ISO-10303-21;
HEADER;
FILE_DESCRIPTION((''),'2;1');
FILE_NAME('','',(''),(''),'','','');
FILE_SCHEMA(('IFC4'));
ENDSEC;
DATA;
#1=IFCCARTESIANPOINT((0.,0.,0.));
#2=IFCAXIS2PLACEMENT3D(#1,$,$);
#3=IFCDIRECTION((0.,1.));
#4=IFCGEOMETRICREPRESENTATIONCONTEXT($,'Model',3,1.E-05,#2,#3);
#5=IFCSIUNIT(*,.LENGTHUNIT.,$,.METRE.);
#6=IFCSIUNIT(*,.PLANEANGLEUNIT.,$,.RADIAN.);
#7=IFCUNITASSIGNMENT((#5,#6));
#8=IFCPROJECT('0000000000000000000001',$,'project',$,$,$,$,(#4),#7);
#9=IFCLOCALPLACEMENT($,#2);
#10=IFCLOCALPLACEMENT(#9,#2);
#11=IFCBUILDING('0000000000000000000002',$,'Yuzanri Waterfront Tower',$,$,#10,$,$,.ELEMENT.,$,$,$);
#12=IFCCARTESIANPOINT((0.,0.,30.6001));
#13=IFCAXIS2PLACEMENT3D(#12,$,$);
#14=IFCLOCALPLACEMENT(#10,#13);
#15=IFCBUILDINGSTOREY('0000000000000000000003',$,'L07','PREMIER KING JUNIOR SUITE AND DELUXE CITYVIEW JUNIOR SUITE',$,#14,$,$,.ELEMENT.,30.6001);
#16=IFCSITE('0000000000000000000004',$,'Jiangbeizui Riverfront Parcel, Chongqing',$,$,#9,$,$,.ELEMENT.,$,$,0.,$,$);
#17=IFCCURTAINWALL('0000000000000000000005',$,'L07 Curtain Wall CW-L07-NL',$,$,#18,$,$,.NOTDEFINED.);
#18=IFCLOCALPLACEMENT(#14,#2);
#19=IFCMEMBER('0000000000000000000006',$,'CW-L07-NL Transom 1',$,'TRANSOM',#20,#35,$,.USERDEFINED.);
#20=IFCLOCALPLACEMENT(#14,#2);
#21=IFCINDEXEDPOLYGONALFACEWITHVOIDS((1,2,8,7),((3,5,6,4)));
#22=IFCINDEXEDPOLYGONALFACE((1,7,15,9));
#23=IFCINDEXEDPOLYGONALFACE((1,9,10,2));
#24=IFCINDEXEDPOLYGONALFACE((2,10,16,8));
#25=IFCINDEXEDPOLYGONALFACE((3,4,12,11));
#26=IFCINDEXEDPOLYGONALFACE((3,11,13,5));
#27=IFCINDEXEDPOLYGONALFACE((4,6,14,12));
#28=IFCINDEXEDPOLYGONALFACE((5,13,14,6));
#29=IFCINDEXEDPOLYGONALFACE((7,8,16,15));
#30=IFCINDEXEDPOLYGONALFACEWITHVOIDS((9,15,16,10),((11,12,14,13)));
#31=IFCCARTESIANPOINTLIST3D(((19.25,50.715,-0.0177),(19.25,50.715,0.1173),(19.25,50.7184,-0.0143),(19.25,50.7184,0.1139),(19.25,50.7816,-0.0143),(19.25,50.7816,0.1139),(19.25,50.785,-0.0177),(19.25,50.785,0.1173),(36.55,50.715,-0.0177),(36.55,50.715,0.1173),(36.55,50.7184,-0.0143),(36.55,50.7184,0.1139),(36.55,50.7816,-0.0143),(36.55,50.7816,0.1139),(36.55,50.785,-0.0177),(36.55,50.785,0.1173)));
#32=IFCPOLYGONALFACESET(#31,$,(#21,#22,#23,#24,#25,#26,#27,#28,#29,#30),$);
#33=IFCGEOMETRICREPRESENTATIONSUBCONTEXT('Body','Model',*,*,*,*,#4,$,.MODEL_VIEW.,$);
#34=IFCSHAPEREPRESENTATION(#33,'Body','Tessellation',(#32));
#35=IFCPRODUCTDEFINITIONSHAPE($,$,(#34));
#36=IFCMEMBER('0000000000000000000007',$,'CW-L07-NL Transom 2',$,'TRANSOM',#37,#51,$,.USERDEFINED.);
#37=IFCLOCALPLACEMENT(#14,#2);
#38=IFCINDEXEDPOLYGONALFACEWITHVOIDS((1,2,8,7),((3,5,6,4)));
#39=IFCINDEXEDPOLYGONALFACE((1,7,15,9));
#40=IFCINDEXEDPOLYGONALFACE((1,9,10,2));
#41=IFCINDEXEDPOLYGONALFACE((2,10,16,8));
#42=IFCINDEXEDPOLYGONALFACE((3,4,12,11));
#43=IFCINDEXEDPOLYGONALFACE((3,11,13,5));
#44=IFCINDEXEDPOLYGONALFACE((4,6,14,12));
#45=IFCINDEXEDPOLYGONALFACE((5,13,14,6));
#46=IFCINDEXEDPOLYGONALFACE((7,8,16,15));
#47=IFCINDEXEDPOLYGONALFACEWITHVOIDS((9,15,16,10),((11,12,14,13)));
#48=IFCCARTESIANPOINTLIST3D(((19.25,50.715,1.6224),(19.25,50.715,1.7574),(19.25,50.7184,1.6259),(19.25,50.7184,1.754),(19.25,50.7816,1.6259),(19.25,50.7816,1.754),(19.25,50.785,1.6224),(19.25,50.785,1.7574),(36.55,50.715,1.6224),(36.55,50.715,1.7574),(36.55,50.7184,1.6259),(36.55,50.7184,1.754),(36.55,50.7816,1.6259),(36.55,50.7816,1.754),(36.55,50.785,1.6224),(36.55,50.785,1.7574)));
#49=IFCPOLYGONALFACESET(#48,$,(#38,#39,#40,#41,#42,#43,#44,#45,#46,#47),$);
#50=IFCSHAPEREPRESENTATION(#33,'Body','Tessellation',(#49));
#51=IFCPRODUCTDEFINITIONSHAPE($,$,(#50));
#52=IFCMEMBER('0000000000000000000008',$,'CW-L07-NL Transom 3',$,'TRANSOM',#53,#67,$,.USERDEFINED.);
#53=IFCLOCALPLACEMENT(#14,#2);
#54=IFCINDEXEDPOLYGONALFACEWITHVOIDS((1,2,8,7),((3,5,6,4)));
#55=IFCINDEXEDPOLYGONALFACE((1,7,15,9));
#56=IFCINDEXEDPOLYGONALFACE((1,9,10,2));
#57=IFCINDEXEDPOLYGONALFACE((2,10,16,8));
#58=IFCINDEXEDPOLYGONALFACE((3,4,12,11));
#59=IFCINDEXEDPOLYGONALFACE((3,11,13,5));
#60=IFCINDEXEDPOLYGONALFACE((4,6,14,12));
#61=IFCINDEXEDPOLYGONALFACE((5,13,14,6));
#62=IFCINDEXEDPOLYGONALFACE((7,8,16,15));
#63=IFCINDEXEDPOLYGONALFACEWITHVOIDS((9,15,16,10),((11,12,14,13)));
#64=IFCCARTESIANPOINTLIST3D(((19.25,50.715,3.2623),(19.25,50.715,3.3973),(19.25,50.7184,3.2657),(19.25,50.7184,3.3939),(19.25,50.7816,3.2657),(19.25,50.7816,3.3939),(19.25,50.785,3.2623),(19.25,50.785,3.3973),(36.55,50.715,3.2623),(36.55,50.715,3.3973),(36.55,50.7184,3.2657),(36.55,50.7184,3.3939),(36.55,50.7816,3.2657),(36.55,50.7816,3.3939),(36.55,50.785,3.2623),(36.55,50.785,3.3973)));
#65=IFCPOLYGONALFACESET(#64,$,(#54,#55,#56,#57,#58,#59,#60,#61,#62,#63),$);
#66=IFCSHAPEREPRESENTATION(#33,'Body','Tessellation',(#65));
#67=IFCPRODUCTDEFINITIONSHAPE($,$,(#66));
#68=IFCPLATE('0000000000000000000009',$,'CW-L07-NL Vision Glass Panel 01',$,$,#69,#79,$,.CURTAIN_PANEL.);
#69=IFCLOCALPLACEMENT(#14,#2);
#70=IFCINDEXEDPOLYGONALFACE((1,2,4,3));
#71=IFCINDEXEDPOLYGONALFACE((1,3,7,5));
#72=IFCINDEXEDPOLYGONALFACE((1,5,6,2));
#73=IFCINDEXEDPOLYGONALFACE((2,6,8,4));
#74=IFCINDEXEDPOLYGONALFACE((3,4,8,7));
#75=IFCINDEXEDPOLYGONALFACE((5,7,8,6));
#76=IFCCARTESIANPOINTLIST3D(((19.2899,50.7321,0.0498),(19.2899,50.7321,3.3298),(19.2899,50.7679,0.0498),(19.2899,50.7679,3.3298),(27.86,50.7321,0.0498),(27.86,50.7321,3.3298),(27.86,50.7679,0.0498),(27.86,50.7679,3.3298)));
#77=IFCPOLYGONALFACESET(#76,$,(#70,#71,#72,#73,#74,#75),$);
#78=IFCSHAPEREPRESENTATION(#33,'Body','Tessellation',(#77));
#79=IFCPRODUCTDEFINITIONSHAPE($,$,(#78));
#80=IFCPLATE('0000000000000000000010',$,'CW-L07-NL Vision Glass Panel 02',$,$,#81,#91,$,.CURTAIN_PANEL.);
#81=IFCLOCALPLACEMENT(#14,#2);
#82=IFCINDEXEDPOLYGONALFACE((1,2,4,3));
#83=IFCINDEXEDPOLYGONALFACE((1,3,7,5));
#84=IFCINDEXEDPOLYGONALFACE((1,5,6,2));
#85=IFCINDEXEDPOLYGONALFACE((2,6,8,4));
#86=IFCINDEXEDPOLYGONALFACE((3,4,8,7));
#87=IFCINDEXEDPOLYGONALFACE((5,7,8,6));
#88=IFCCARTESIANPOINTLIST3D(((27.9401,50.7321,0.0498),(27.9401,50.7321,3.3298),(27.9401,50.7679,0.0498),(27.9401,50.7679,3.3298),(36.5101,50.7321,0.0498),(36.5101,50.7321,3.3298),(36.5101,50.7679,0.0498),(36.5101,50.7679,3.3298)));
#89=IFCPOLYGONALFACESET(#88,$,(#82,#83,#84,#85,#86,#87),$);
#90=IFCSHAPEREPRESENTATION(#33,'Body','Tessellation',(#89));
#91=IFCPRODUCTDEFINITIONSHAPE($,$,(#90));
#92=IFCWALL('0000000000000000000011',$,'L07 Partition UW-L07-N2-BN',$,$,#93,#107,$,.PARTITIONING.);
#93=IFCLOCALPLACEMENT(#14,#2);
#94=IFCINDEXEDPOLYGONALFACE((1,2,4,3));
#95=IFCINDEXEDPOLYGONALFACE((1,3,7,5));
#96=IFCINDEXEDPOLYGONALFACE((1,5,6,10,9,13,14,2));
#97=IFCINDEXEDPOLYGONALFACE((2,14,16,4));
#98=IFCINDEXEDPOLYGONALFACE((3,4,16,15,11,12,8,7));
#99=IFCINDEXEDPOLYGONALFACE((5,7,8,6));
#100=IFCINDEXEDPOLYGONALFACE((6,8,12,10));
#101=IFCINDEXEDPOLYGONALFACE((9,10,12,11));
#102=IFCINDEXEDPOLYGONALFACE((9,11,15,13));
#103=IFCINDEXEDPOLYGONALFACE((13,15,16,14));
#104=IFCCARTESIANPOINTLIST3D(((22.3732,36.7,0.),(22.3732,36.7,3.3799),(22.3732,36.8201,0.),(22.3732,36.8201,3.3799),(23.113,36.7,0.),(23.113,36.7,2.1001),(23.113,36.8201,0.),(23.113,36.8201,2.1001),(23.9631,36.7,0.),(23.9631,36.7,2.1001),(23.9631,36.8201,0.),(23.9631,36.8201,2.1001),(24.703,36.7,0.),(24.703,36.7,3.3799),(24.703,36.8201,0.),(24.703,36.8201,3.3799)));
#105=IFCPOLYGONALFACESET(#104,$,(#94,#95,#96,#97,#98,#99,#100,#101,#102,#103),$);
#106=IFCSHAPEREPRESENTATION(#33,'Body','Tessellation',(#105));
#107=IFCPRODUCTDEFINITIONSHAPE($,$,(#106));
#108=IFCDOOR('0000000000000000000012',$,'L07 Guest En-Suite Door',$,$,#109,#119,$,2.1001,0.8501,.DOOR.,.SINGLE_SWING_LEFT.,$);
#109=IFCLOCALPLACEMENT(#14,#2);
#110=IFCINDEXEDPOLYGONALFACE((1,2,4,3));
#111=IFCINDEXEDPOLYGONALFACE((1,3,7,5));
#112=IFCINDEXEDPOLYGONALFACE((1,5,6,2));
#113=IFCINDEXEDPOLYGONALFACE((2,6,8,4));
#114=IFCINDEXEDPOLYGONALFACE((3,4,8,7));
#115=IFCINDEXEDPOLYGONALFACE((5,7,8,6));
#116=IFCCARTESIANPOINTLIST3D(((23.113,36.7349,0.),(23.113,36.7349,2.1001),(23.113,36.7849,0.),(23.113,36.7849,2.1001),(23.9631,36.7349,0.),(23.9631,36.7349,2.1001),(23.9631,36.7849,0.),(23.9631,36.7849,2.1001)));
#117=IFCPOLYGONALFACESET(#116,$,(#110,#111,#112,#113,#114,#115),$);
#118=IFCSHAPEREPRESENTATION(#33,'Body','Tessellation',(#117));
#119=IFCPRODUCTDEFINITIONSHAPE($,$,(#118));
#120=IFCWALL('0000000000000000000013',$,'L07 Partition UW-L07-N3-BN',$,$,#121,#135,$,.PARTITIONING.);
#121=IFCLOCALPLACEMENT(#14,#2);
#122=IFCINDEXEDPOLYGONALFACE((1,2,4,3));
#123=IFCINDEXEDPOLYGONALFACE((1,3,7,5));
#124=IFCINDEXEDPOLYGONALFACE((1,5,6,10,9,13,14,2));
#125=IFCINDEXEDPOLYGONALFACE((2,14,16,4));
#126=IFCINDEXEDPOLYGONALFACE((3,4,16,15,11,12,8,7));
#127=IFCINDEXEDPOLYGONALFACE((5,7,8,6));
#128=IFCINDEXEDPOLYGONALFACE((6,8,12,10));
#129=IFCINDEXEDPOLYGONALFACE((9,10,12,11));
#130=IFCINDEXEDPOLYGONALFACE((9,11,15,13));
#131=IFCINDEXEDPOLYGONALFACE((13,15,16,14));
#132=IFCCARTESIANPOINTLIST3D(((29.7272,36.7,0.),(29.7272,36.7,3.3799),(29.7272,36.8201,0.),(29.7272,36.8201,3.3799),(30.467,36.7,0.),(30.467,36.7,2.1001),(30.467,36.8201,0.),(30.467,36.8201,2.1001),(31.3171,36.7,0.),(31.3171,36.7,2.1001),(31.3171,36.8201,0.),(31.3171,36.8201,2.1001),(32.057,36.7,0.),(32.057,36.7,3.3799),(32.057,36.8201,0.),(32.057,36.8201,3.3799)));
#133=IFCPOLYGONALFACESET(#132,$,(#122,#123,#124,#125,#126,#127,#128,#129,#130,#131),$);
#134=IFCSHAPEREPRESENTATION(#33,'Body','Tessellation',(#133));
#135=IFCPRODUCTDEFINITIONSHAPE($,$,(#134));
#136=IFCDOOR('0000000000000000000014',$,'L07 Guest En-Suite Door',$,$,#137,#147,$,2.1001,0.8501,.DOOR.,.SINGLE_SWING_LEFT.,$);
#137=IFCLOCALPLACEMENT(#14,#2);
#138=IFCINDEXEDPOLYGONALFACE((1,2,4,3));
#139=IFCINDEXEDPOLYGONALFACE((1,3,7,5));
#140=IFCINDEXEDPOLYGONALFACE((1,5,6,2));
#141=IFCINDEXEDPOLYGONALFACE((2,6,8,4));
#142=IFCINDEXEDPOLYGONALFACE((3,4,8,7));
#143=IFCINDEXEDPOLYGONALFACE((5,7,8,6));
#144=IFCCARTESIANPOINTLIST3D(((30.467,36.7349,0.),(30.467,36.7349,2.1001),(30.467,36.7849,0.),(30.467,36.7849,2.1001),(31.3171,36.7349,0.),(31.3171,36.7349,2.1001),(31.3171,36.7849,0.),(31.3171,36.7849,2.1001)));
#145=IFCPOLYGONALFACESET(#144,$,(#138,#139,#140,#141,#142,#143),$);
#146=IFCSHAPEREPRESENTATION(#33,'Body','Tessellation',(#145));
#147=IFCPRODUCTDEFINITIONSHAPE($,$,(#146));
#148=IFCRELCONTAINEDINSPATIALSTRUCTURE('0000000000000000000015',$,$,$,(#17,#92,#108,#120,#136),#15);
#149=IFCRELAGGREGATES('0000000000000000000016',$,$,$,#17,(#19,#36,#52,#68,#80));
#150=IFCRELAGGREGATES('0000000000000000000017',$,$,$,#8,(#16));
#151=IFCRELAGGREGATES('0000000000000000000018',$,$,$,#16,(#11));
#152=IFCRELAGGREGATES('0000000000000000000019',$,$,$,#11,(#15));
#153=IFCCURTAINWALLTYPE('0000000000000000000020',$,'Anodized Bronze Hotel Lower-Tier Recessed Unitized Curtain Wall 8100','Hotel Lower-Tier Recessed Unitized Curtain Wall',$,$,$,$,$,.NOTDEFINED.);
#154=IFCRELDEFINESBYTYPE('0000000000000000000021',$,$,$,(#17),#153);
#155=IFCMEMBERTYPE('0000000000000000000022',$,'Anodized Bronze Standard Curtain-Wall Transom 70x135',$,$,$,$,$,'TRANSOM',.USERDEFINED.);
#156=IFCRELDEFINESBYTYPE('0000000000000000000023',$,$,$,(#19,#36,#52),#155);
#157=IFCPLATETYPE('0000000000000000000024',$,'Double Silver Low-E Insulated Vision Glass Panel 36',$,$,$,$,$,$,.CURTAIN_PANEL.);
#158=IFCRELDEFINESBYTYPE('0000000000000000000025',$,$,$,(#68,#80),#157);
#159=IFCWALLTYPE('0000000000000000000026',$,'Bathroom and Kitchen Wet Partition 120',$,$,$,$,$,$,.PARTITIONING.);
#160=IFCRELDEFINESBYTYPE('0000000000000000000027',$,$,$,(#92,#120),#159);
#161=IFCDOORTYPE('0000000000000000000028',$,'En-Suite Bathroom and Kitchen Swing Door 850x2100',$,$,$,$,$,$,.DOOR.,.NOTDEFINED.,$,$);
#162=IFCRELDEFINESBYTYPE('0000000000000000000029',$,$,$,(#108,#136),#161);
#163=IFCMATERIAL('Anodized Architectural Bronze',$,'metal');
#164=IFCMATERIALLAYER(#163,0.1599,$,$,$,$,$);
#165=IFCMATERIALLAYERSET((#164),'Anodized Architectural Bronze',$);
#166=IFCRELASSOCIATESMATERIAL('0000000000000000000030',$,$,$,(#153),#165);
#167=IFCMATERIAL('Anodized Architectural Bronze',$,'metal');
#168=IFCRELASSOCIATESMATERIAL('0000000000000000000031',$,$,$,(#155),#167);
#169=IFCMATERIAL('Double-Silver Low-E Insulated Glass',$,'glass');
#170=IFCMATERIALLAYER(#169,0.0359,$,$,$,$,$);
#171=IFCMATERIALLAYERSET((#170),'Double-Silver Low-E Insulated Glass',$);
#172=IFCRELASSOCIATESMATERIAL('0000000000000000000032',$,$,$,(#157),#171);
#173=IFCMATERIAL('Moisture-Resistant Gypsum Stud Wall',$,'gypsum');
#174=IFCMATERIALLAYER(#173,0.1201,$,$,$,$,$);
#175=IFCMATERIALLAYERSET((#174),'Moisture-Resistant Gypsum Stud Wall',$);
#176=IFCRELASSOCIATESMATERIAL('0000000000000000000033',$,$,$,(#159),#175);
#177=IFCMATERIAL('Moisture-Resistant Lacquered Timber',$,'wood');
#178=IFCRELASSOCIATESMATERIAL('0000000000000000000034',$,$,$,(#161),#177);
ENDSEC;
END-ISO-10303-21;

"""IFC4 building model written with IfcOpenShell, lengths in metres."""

from ifc_helpers import new_model, si_unit, direction, frame, frame_2d, origin, origin_2d, place, context, subcontext, project, spatial, rectangle, hollow_rectangle, extrude, source, transform, mapped, material, layer, layer_set, material_profile, profile_set, type_object, element, fill, aggregate, save


model = new_model("IFC4")

# Units and contexts
model_context = context("Model", 3, precision=1e-05, world=origin(), true_north=direction((0.0, 1.0)))
body_context = subcontext(model_context, "Body", "Model", "MODEL_VIEW")
ifc_project = project(units=[si_unit("LENGTHUNIT", "METRE"), si_unit("PLANEANGLEUNIT", "RADIAN")], contexts=[model_context])

# Site, building, storey
site_placement = place(None, origin())
site = spatial("IfcSite", under=ifc_project, at=site_placement, Name="Jiangbeizui Riverfront Parcel, Chongqing", CompositionType="ELEMENT", RefElevation=0.0)
building_placement = place(site_placement, origin())
building = spatial("IfcBuilding", under=site, at=building_placement, Name="Yuzanri Waterfront Tower", CompositionType="ELEMENT")
storey_placement = place(building_placement, frame((0.0, 0.0, 30.6001)))
storey = spatial("IfcBuildingStorey", under=building, at=storey_placement, Name="L07", Description="PREMIER KING JUNIOR SUITE AND DELUXE CITYVIEW JUNIOR SUITE", CompositionType="ELEMENT", Elevation=30.6001)

# Curtain wall, members, plates
ifc_material_1 = material(Name="Anodized Architectural Bronze", Category="metal")
ifc_layer_1 = layer(ifc_material_1, 0.1599)
ifc_layer_set_1 = layer_set([ifc_layer_1], Name="Anodized Architectural Bronze")
curtain_wall_type = type_object("IfcCurtainWallType", Name="Anodized Bronze Hotel Lower-Tier Recessed Unitized Curtain Wall 8100", Description="Hotel Lower-Tier Recessed Unitized Curtain Wall", PredefinedType="NOTDEFINED", material=ifc_layer_set_1)
curtain_wall_placement = place(storey_placement, origin())
curtain_wall = element("IfcCurtainWall", 1, at=curtain_wall_placement, inside=storey, type_object=curtain_wall_type, Name="L07 Curtain Wall CW-L07-NL", PredefinedType="NOTDEFINED")
ifc_material_2 = material(Name="Anodized Architectural Bronze", Category="metal")
ifc_material_profile_1 = material_profile(ifc_material_2, hollow_rectangle(XDim=0.0701, YDim=0.135, WallThickness=0.0034, at=origin_2d()), Name="CWT 70x135")
ifc_profile_set_1 = profile_set([ifc_material_profile_1], Name="Anodized Architectural Bronze")
member_type_1 = type_object("IfcMemberType", Name="Anodized Bronze Standard Curtain-Wall Transom 70x135", ElementType="TRANSOM", PredefinedType="USERDEFINED", material=ifc_profile_set_1)
shared_shape_1 = source(origin(), body_context, "Body", "SweptSolid", [
    extrude(hollow_rectangle(XDim=0.0701, YDim=0.135, WallThickness=0.0034, at=origin_2d()), origin(), (0.0, 0.0, 1.0), 17.3),
])
member_1_placement = place(storey_placement, frame((19.25, 50.75, 0.0498), z_axis=(1.0, 0.0, 0.0), x_axis=(0.0, 1.0, 0.0)))
member_1 = element("IfcMember", 2, at=member_1_placement, type_object=member_type_1, Name="CW-L07-NL Transom 1", ObjectType="TRANSOM", PredefinedType="USERDEFINED", context=body_context, shape_type="MappedRepresentation", body=[
    mapped(shared_shape_1, transform((0.0, 0.0, 0.0), scale=1.0)),
])
member_2_placement = place(storey_placement, frame((19.25, 50.75, 1.6899), z_axis=(1.0, 0.0, 0.0), x_axis=(0.0, 1.0, 0.0)))
member_2 = element("IfcMember", 3, at=member_2_placement, type_object=member_type_1, Name="CW-L07-NL Transom 2", ObjectType="TRANSOM", PredefinedType="USERDEFINED", context=body_context, shape_type="MappedRepresentation", body=[
    mapped(shared_shape_1, transform((0.0, 0.0, 0.0), scale=1.0)),
])
member_3_placement = place(storey_placement, frame((19.25, 50.75, 3.3298), z_axis=(1.0, 0.0, 0.0), x_axis=(0.0, 1.0, 0.0)))
member_3 = element("IfcMember", 4, at=member_3_placement, type_object=member_type_1, Name="CW-L07-NL Transom 3", ObjectType="TRANSOM", PredefinedType="USERDEFINED", context=body_context, shape_type="MappedRepresentation", body=[
    mapped(shared_shape_1, transform((0.0, 0.0, 0.0), scale=1.0)),
])
ifc_material_3 = material(Name="Double-Silver Low-E Insulated Glass", Category="glass")
ifc_layer_2 = layer(ifc_material_3, 0.0359)
ifc_layer_set_2 = layer_set([ifc_layer_2], Name="Double-Silver Low-E Insulated Glass")
plate_type = type_object("IfcPlateType", Name="Double Silver Low-E Insulated Vision Glass Panel 36", PredefinedType="CURTAIN_PANEL", material=ifc_layer_set_2)
shared_shape_2 = source(origin(), body_context, "Body", "SweptSolid", [
    extrude(rectangle(XDim=8.5701, YDim=0.0359, at=origin_2d()), origin(), (0.0, 0.0, 1.0), 3.28),
])
plate_1_placement = place(storey_placement, frame((23.575, 50.75, 0.0498), z_axis=(0.0, 0.0, 1.0), x_axis=(1.0, 0.0, 0.0)))
plate_1 = element("IfcPlate", 5, at=plate_1_placement, type_object=plate_type, Name="CW-L07-NL Vision Glass Panel 01", PredefinedType="CURTAIN_PANEL", context=body_context, shape_type="MappedRepresentation", body=[
    mapped(shared_shape_2, transform((0.0, 0.0, 0.0), scale=1.0)),
])
plate_2_placement = place(storey_placement, frame((32.2251, 50.75, 0.0498), z_axis=(0.0, 0.0, 1.0), x_axis=(1.0, 0.0, 0.0)))
plate_2 = element("IfcPlate", 6, at=plate_2_placement, type_object=plate_type, Name="CW-L07-NL Vision Glass Panel 02", PredefinedType="CURTAIN_PANEL", context=body_context, shape_type="MappedRepresentation", body=[
    mapped(shared_shape_2, transform((0.0, 0.0, 0.0), scale=1.0)),
])
aggregate(curtain_wall, [member_1, member_2, member_3, plate_1, plate_2])

# Walls, openings, doors
ifc_material_4 = material(Name="Moisture-Resistant Gypsum Stud Wall", Category="gypsum")
ifc_layer_3 = layer(ifc_material_4, 0.1201)
ifc_layer_set_3 = layer_set([ifc_layer_3], Name="Moisture-Resistant Gypsum Stud Wall")
wall_type_1 = type_object("IfcWallType", Name="Bathroom and Kitchen Wet Partition 120", PredefinedType="PARTITIONING", material=ifc_layer_set_3)
wall_1_placement = place(storey_placement, frame((22.373, 36.76, 0.0), z_axis=(0.0, 0.0, 1.0), x_axis=(1.0, 0.0, 0.0)))
wall_1 = element("IfcWall", 7, at=wall_1_placement, inside=storey, type_object=wall_type_1, Name="L07 Partition UW-L07-N2-BN", PredefinedType="PARTITIONING", context=body_context, shape_type="SweptSolid", body=[
    extrude(rectangle(XDim=2.3298, YDim=0.1201, at=frame_2d((1.165, 0.0))), origin(), (0.0, 0.0, 1.0), 3.3799),
])
opening_1_placement = place(wall_1_placement, frame((0.74, 0.0, 0.0)))
opening_1 = element("IfcOpeningElement", 8, at=opening_1_placement, cuts=wall_1, PredefinedType="OPENING", context=body_context, shape_type="SweptSolid", body=[
    extrude(rectangle(XDim=0.8501, YDim=2.1001, at=frame_2d((0.425, 1.05))), frame((0.0, 0.075, 0.0), z_axis=(0.0, -1.0, 0.0), x_axis=(1.0, 0.0, 0.0)), (0.0, 0.0, 1.0), 0.1499),
])
ifc_material_5 = material(Name="Moisture-Resistant Lacquered Timber", Category="wood")
door_type_1 = type_object("IfcDoorType", Name="En-Suite Bathroom and Kitchen Swing Door 850x2100", OperationType="NOTDEFINED", PredefinedType="DOOR", material=ifc_material_5)
shared_shape_3 = source(origin(), body_context, "Body", "SweptSolid", [
    extrude(rectangle(XDim=0.8501, YDim=2.1001, at=frame_2d((0.425, 1.05))), frame((0.0, 0.0249, 0.0), z_axis=(0.0, -1.0, 0.0), x_axis=(1.0, 0.0, 0.0)), (0.0, 0.0, 1.0), 0.05),
])
door_1_placement = place(opening_1_placement, origin())
door_1 = element("IfcDoor", 9, at=door_1_placement, inside=storey, type_object=door_type_1, Name="L07 Guest En-Suite Door", OperationType="SINGLE_SWING_LEFT", OverallHeight=2.1001, OverallWidth=0.8501, PredefinedType="DOOR", context=body_context, shape_type="MappedRepresentation", body=[
    mapped(shared_shape_3, transform((0.0, 0.0, 0.0), scale=1.0)),
])
fill(opening_1, door_1)
wall_2_placement = place(storey_placement, frame((29.7271, 36.76, 0.0), z_axis=(0.0, 0.0, 1.0), x_axis=(1.0, 0.0, 0.0)))
wall_2 = element("IfcWall", 10, at=wall_2_placement, inside=storey, type_object=wall_type_1, Name="L07 Partition UW-L07-N3-BN", PredefinedType="PARTITIONING", context=body_context, shape_type="SweptSolid", body=[
    extrude(rectangle(XDim=2.3298, YDim=0.1201, at=frame_2d((1.165, 0.0))), origin(), (0.0, 0.0, 1.0), 3.3799),
])
opening_2_placement = place(wall_2_placement, frame((0.74, 0.0, 0.0)))
opening_2 = element("IfcOpeningElement", 11, at=opening_2_placement, cuts=wall_2, PredefinedType="OPENING", context=body_context, shape_type="SweptSolid", body=[
    extrude(rectangle(XDim=0.8501, YDim=2.1001, at=frame_2d((0.425, 1.05))), frame((0.0, 0.075, 0.0), z_axis=(0.0, -1.0, 0.0), x_axis=(1.0, 0.0, 0.0)), (0.0, 0.0, 1.0), 0.1499),
])
door_2_placement = place(opening_2_placement, origin())
door_2 = element("IfcDoor", 12, at=door_2_placement, inside=storey, type_object=door_type_1, Name="L07 Guest En-Suite Door", OperationType="SINGLE_SWING_LEFT", OverallHeight=2.1001, OverallWidth=0.8501, PredefinedType="DOOR", context=body_context, shape_type="MappedRepresentation", body=[
    mapped(shared_shape_3, transform((0.0, 0.0, 0.0), scale=1.0)),
])
fill(opening_2, door_2)

save(model, "model.ifc")
